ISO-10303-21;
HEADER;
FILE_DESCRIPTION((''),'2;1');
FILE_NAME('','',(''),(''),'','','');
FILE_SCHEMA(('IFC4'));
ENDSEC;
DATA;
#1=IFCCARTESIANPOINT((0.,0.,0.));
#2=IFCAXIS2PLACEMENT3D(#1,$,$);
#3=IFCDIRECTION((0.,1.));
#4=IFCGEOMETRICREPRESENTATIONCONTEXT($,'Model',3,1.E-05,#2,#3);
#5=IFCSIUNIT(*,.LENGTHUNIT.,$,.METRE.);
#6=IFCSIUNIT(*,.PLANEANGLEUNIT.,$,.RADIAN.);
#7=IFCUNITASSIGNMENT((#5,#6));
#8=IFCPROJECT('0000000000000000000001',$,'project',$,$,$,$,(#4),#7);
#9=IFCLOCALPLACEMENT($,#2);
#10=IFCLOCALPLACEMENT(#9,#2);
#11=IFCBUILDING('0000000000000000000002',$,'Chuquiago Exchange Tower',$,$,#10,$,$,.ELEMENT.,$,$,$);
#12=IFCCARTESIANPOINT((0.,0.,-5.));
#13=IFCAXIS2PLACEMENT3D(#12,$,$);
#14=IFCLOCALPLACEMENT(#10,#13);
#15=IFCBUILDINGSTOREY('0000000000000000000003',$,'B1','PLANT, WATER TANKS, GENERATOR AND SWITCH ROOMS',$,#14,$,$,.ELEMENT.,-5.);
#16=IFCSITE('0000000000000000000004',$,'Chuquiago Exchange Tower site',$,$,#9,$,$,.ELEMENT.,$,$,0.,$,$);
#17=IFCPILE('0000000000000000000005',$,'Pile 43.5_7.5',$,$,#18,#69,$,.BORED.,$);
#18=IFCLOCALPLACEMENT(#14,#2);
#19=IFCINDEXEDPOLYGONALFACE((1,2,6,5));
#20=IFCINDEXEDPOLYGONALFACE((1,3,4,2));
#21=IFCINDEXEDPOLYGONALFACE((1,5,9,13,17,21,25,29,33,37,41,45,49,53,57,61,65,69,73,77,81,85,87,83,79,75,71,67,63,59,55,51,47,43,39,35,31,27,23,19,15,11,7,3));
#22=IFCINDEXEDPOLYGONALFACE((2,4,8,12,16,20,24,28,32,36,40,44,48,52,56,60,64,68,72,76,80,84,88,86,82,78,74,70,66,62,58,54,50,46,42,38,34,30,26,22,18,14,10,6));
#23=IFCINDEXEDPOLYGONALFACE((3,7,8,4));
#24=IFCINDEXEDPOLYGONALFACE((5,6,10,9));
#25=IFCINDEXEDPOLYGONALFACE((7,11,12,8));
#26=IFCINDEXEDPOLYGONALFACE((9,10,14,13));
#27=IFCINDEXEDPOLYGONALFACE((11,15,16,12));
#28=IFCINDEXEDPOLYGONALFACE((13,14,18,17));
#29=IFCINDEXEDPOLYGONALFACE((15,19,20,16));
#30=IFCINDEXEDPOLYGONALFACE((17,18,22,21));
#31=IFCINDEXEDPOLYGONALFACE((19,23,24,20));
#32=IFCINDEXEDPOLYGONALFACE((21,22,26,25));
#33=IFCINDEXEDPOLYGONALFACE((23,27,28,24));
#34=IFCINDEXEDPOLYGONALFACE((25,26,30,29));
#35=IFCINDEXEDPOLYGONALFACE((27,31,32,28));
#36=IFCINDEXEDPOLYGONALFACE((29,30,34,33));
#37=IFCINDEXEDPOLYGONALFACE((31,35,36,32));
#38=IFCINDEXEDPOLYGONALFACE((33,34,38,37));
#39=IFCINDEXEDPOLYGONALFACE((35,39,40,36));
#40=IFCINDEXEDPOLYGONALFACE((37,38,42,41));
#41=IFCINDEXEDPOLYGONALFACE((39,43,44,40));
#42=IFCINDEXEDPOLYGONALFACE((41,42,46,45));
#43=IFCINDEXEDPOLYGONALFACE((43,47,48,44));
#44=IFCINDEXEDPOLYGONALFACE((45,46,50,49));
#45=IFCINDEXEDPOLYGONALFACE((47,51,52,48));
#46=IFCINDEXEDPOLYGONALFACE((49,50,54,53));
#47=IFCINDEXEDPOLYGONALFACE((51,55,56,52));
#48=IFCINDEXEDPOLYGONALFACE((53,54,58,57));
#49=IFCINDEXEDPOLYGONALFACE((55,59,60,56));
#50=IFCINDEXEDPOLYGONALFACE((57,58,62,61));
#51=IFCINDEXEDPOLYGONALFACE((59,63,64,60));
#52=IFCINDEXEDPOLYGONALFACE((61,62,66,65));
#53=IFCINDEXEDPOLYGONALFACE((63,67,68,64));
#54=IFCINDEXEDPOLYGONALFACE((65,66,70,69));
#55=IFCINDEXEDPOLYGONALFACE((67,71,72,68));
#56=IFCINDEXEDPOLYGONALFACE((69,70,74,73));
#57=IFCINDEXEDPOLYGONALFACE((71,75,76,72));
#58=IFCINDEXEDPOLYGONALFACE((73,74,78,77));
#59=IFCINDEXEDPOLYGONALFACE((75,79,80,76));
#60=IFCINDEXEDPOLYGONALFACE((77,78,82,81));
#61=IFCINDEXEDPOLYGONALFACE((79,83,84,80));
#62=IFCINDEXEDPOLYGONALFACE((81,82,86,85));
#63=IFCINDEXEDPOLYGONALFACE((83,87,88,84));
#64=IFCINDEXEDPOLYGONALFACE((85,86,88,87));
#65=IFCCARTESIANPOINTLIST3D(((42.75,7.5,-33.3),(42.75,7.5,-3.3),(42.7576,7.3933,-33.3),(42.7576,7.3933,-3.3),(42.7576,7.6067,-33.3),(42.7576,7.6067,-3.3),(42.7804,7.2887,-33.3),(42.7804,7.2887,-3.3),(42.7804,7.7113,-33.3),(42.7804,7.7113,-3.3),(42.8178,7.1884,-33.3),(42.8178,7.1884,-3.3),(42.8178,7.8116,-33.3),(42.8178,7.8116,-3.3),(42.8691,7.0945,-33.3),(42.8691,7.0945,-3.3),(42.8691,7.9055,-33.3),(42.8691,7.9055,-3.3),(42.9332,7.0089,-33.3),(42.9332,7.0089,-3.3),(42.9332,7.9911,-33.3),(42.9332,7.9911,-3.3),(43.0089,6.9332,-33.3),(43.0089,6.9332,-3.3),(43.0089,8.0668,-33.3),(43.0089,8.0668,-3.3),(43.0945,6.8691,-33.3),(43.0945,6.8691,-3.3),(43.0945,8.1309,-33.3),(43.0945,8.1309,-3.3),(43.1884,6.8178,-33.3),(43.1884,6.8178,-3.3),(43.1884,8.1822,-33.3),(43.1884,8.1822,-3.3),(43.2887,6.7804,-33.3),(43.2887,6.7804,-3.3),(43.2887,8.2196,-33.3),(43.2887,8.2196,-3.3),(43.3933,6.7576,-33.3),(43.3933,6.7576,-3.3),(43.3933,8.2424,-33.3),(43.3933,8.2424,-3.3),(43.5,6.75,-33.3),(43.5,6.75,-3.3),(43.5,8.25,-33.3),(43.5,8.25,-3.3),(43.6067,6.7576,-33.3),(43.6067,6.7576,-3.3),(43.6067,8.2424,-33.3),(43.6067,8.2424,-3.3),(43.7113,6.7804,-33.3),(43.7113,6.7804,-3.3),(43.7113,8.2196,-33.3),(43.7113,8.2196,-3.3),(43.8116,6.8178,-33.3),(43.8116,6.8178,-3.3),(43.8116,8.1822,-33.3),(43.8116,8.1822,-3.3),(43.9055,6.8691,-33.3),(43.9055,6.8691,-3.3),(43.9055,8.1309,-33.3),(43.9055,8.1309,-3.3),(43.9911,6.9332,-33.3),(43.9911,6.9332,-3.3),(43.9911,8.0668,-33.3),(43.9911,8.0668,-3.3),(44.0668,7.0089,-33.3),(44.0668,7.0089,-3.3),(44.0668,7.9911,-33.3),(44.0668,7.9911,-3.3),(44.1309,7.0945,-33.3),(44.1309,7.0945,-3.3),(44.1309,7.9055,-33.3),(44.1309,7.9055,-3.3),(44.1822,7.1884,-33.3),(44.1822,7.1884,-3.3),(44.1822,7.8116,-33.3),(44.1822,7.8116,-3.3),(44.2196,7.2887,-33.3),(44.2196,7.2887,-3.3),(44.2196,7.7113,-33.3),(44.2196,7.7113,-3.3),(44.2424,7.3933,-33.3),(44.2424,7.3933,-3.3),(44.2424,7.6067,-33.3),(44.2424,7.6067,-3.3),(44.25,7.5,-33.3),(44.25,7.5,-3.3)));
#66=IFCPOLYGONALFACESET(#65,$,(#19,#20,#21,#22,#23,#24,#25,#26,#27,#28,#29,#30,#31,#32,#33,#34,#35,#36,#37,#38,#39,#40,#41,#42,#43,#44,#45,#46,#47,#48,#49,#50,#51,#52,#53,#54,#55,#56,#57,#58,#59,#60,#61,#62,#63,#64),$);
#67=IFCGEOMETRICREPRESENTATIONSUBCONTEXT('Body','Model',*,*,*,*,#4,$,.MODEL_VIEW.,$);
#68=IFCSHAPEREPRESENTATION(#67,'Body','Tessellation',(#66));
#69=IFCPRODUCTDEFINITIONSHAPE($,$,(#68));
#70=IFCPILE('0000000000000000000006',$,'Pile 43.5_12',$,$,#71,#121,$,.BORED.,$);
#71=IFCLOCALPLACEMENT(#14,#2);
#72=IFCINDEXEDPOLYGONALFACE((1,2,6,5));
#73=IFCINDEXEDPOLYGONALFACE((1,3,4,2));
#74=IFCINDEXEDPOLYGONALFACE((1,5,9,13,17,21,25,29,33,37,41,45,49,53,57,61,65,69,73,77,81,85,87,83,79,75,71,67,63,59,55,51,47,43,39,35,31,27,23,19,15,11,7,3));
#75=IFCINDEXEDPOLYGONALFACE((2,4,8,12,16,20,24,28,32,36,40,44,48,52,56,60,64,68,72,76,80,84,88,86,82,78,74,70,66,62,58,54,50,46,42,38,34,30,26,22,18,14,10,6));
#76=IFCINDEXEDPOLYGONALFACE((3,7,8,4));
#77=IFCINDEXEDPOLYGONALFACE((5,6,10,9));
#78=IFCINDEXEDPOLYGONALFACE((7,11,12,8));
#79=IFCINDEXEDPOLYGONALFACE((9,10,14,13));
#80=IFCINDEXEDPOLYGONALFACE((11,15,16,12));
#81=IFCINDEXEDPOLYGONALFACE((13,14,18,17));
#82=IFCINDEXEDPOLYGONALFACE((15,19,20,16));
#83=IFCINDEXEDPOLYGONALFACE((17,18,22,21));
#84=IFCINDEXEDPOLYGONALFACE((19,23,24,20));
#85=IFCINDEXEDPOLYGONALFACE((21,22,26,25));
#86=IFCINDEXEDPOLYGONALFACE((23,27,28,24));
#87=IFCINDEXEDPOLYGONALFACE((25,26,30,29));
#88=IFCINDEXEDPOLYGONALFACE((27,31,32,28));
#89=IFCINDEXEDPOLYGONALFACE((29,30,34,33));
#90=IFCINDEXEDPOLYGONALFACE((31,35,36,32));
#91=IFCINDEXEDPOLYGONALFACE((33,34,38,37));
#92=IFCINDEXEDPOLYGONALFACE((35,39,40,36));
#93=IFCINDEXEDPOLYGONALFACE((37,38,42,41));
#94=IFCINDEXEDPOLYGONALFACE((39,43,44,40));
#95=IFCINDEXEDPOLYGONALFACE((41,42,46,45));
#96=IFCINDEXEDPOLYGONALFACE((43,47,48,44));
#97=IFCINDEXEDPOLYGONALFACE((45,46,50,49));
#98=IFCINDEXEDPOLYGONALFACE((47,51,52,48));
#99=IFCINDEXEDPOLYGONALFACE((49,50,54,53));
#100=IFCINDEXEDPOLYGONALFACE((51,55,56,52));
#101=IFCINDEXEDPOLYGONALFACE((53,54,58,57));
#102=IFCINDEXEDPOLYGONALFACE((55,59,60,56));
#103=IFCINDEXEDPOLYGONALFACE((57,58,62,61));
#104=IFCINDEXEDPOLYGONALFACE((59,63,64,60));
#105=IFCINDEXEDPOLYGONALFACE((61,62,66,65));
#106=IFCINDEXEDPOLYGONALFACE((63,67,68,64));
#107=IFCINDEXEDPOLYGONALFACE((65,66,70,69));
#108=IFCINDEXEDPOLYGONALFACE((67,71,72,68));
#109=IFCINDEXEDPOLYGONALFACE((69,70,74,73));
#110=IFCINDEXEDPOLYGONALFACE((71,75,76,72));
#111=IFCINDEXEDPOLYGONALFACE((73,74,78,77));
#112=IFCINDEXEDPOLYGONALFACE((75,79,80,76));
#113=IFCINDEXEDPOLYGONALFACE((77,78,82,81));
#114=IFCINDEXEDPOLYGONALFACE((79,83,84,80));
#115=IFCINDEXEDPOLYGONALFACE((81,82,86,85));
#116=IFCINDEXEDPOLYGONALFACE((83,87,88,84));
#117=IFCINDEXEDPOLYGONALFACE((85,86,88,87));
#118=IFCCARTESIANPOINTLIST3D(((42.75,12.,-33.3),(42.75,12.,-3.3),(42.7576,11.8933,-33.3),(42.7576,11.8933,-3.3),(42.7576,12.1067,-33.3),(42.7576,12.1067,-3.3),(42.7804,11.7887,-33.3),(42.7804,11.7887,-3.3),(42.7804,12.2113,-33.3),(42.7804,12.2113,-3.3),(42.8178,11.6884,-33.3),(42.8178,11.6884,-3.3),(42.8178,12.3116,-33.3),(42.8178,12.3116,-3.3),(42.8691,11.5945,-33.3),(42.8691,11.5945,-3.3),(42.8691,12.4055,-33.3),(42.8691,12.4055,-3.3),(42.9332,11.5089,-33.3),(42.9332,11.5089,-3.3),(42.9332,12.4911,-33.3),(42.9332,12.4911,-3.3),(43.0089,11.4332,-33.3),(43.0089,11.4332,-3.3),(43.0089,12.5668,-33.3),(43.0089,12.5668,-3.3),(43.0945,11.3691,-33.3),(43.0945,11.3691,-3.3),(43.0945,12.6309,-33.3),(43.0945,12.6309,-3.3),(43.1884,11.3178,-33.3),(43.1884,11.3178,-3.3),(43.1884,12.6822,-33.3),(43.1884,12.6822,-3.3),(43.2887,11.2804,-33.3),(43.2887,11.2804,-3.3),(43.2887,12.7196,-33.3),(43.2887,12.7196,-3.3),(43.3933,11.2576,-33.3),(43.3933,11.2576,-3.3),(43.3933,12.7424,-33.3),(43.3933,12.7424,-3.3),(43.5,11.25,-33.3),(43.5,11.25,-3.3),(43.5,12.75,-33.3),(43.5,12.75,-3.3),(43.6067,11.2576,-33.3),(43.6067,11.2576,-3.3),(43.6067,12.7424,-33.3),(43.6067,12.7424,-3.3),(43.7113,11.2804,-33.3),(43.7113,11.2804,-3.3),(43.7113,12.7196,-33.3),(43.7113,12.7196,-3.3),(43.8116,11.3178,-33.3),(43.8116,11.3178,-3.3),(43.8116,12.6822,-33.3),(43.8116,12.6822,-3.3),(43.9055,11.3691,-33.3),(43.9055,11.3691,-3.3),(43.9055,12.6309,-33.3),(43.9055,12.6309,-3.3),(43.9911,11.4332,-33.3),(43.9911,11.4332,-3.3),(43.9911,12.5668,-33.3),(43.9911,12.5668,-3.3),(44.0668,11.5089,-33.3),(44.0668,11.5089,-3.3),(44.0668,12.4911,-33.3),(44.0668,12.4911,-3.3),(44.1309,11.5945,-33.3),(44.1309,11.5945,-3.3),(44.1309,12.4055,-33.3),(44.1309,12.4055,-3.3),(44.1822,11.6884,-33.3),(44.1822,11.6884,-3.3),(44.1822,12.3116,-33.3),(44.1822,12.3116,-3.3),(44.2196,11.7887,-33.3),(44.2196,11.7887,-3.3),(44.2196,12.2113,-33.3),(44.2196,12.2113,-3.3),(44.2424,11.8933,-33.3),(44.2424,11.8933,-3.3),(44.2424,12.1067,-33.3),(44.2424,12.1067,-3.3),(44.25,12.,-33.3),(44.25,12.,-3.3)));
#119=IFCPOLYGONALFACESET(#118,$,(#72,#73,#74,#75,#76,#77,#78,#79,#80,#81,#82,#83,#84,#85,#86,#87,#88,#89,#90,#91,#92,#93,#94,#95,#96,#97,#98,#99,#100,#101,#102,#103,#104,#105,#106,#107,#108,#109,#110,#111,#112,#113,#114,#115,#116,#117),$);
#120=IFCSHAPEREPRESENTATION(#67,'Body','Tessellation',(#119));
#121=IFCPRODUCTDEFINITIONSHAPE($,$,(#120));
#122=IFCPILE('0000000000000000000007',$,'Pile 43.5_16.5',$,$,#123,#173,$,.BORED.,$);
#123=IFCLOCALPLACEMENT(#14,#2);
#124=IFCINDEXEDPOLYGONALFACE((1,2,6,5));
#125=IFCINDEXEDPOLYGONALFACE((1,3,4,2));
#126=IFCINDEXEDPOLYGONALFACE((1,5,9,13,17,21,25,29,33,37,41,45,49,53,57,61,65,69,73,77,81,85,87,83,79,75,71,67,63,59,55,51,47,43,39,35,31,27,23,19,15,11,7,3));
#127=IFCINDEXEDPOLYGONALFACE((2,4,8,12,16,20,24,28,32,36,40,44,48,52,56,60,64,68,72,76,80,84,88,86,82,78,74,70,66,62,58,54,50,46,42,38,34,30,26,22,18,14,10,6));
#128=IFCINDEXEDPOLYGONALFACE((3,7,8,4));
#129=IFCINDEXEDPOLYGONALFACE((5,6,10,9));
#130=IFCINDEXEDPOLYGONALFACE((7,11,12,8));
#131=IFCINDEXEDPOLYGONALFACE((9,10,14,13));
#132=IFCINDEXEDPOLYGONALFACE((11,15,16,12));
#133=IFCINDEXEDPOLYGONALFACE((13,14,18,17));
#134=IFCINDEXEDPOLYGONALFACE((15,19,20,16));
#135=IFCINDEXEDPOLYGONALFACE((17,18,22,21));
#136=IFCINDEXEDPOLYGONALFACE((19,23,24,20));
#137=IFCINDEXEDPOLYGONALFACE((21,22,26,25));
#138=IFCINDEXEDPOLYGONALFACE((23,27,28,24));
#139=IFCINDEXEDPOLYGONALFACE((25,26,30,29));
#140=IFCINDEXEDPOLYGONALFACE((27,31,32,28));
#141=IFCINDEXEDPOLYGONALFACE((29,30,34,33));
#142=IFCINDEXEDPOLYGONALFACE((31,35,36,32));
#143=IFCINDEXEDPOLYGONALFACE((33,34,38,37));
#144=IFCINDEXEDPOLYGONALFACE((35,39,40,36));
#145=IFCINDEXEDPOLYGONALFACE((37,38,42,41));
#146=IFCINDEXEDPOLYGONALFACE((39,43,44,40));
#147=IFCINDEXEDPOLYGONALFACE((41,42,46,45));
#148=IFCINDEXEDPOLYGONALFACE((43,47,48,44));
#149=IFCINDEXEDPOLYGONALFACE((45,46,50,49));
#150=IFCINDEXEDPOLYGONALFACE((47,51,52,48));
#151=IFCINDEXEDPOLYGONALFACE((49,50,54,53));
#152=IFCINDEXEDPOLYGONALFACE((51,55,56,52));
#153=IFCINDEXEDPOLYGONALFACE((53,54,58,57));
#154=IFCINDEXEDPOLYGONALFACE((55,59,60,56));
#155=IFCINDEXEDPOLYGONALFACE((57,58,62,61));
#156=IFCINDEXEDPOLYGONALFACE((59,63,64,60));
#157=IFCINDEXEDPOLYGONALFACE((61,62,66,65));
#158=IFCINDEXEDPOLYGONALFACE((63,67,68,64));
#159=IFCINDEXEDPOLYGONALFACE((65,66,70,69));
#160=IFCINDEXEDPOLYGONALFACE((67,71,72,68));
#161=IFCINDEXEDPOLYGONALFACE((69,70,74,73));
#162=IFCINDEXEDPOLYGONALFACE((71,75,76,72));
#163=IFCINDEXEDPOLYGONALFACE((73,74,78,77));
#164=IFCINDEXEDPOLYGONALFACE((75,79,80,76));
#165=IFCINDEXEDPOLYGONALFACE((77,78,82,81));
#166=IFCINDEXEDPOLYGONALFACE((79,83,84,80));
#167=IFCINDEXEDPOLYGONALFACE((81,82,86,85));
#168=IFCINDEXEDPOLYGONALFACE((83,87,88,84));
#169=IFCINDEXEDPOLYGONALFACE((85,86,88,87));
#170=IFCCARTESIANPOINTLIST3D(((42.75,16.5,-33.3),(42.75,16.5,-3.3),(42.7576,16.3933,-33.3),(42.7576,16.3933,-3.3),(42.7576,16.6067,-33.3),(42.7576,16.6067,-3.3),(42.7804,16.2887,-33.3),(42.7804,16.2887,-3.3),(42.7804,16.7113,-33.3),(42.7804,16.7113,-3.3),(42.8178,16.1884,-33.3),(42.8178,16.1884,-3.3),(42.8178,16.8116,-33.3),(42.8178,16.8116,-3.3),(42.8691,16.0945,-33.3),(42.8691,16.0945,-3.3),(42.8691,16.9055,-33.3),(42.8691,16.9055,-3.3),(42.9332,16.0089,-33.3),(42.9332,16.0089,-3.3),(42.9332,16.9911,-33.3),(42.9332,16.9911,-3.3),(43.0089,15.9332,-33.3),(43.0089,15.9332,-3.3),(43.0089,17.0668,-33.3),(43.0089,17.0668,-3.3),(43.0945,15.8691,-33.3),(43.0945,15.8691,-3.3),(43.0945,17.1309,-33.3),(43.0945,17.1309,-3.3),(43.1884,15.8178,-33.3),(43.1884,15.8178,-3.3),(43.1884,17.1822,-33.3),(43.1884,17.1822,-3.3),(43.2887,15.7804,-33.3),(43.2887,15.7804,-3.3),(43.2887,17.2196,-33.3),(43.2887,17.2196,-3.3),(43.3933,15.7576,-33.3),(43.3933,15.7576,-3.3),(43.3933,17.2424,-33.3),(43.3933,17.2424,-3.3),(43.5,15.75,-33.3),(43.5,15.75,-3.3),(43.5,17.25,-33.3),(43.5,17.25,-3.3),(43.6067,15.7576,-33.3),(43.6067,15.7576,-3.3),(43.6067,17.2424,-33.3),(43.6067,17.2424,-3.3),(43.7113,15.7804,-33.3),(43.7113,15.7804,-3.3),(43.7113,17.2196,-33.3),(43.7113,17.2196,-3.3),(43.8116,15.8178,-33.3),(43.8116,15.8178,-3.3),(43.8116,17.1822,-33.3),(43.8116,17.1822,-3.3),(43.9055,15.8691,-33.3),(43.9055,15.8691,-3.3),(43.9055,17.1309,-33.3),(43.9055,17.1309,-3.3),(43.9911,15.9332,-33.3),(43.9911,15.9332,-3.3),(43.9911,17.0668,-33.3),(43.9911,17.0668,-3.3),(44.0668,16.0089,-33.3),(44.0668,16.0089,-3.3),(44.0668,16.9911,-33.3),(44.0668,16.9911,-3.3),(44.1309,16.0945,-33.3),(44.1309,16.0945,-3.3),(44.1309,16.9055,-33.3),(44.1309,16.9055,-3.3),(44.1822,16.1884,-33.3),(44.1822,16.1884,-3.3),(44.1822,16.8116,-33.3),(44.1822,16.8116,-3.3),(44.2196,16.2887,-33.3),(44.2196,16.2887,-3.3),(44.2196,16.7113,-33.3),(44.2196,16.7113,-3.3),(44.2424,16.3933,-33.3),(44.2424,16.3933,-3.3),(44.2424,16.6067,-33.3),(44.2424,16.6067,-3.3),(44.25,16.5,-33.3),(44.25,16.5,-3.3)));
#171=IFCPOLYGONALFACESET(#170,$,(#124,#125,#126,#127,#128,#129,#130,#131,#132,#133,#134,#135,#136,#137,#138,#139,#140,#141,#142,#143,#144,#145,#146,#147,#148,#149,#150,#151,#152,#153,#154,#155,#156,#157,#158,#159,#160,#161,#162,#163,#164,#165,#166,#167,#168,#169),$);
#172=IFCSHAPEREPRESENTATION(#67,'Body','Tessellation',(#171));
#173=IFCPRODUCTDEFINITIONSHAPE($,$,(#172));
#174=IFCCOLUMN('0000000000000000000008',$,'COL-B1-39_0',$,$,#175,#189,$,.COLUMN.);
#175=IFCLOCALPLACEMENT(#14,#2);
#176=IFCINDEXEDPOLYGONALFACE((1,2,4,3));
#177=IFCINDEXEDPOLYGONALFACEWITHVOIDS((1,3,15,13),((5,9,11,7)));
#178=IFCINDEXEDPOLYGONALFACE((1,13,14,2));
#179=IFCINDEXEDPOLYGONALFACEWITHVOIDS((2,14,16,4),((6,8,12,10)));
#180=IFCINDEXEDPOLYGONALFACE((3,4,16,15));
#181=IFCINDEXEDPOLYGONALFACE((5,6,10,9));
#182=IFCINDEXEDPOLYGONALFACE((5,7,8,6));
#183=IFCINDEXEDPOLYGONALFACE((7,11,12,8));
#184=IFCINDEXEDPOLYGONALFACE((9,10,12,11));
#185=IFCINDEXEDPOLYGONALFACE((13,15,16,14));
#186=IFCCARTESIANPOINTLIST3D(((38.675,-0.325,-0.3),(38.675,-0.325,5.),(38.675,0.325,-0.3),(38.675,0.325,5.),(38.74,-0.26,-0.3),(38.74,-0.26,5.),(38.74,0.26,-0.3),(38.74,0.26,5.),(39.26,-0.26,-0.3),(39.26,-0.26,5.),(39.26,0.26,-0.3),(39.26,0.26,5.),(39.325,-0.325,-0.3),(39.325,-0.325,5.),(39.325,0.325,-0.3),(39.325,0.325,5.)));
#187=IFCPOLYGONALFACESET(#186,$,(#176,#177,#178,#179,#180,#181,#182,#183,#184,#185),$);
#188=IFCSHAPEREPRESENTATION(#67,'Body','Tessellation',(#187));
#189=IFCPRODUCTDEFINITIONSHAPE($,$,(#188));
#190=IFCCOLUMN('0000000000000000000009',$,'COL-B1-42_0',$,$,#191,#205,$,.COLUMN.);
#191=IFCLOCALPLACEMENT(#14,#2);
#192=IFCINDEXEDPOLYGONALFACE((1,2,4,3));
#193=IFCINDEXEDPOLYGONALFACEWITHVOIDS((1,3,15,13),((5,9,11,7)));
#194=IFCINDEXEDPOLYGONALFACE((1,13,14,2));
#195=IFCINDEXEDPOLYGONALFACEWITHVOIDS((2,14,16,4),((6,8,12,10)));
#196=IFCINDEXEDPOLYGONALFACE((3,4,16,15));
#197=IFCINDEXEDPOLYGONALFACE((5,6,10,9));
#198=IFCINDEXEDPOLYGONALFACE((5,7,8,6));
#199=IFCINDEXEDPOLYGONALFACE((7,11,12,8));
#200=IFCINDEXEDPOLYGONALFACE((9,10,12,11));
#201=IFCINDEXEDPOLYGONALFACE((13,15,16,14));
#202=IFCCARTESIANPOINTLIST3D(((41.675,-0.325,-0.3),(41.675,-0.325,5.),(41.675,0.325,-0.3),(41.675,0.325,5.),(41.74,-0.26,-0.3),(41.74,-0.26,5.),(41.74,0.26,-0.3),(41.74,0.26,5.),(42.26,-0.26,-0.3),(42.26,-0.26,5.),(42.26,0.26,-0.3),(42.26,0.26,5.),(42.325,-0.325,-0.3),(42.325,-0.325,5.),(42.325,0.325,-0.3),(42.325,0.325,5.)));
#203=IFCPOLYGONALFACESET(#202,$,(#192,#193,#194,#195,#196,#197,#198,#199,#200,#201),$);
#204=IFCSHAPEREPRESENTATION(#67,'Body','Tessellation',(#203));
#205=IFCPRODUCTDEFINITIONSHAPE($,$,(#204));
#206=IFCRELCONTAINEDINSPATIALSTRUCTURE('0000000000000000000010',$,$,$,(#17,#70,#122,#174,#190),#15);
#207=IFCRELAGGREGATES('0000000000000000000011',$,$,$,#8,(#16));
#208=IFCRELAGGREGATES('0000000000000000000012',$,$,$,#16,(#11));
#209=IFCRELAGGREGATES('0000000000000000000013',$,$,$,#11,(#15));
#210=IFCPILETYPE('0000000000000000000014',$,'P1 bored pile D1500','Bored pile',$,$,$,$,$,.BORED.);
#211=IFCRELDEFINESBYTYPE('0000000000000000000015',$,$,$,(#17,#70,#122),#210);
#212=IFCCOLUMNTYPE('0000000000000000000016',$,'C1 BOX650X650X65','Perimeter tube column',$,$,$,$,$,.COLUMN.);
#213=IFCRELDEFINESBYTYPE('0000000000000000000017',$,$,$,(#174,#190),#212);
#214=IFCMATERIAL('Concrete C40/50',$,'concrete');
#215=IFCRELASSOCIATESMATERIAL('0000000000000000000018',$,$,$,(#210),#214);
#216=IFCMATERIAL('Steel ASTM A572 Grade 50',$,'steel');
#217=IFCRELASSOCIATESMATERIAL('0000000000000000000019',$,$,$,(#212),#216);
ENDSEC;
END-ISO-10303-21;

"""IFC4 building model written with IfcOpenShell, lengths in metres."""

from ifc_helpers import new_model, si_unit, direction, frame, origin, origin_2d, place, context, subcontext, project, spatial, hollow_rectangle, circle, extrude, material, material_profile, profile_set, type_object, element, save


model = new_model("IFC4")

# Units and contexts
model_context = context("Model", 3, precision=1e-05, world=origin(), true_north=direction((0.0, 1.0)))
body_context = subcontext(model_context, "Body", "Model", "MODEL_VIEW")
ifc_project = project(units=[si_unit("LENGTHUNIT", "METRE"), si_unit("PLANEANGLEUNIT", "RADIAN")], contexts=[model_context])

# Site, building, storey
site_placement = place(None, origin())
site = spatial("IfcSite", under=ifc_project, at=site_placement, Name="Chuquiago Exchange Tower site", CompositionType="ELEMENT", RefElevation=0.0)
building_placement = place(site_placement, origin())
building = spatial("IfcBuilding", under=site, at=building_placement, Name="Chuquiago Exchange Tower", CompositionType="ELEMENT")
storey_placement = place(building_placement, frame((0.0, 0.0, -5.0)))
storey = spatial("IfcBuildingStorey", under=building, at=storey_placement, Name="B1", Description="PLANT, WATER TANKS, GENERATOR AND SWITCH ROOMS", CompositionType="ELEMENT", Elevation=-5.0)

# Piles
ifc_material_1 = material(Name="Concrete C40/50", Category="concrete")
ifc_material_profile_1 = material_profile(ifc_material_1, circle(Radius=0.75, at=origin_2d()), Name="D1500")
ifc_profile_set_1 = profile_set([ifc_material_profile_1], Name="Concrete C40/50")
pile_type = type_object("IfcPileType", Name="P1 bored pile D1500", Description="Bored pile", PredefinedType="BORED", material=ifc_profile_set_1)
for number, where, z_axis, x_axis, name in (
    (1, (43.5, 7.5, -3.3), (0.0, 0.0, -1.0), (1.0, 0.0, 0.0), "Pile 43.5_7.5"),
    (2, (43.5, 12.0, -3.3), (0.0, 0.0, -1.0), (1.0, 0.0, 0.0), "Pile 43.5_12"),
    (3, (43.5, 16.5, -3.3), (0.0, 0.0, -1.0), (1.0, 0.0, 0.0), "Pile 43.5_16.5"),
):
    element("IfcPile", number, at=place(storey_placement, frame(where, z_axis=z_axis, x_axis=x_axis)), inside=storey, type_object=pile_type, Name=name, PredefinedType="BORED", context=body_context, shape_type="SweptSolid", body=[
        extrude(circle(Radius=0.75, at=origin_2d()), origin(), (0.0, 0.0, 1.0), 30.0),
    ])

# Columns
ifc_material_2 = material(Name="Steel ASTM A572 Grade 50", Category="steel")
ifc_material_profile_2 = material_profile(ifc_material_2, hollow_rectangle(XDim=0.6499, YDim=0.6499, WallThickness=0.0649, at=origin_2d()), Name="BOX650X650X65")
ifc_profile_set_2 = profile_set([ifc_material_profile_2], Name="Steel ASTM A572 Grade 50")
column_type_1 = type_object("IfcColumnType", Name="C1 BOX650X650X65", Description="Perimeter tube column", PredefinedType="COLUMN", material=ifc_profile_set_2)
for number, where, z_axis, x_axis, name in (
    (4, (39.0, 0.0, -0.3), (0.0, 0.0, 1.0), (0.0, -1.0, 0.0), "COL-B1-39_0"),
    (5, (42.0, 0.0, -0.3), (0.0, 0.0, 1.0), (0.0, -1.0, 0.0), "COL-B1-42_0"),
):
    element("IfcColumn", number, at=place(storey_placement, frame(where, z_axis=z_axis, x_axis=x_axis)), inside=storey, type_object=column_type_1, Name=name, PredefinedType="COLUMN", context=body_context, shape_type="SweptSolid", body=[
        extrude(hollow_rectangle(XDim=0.6499, YDim=0.6499, WallThickness=0.0649, at=origin_2d()), origin(), (0.0, 0.0, 1.0), 5.3),
    ])

save(model, "model.ifc")
